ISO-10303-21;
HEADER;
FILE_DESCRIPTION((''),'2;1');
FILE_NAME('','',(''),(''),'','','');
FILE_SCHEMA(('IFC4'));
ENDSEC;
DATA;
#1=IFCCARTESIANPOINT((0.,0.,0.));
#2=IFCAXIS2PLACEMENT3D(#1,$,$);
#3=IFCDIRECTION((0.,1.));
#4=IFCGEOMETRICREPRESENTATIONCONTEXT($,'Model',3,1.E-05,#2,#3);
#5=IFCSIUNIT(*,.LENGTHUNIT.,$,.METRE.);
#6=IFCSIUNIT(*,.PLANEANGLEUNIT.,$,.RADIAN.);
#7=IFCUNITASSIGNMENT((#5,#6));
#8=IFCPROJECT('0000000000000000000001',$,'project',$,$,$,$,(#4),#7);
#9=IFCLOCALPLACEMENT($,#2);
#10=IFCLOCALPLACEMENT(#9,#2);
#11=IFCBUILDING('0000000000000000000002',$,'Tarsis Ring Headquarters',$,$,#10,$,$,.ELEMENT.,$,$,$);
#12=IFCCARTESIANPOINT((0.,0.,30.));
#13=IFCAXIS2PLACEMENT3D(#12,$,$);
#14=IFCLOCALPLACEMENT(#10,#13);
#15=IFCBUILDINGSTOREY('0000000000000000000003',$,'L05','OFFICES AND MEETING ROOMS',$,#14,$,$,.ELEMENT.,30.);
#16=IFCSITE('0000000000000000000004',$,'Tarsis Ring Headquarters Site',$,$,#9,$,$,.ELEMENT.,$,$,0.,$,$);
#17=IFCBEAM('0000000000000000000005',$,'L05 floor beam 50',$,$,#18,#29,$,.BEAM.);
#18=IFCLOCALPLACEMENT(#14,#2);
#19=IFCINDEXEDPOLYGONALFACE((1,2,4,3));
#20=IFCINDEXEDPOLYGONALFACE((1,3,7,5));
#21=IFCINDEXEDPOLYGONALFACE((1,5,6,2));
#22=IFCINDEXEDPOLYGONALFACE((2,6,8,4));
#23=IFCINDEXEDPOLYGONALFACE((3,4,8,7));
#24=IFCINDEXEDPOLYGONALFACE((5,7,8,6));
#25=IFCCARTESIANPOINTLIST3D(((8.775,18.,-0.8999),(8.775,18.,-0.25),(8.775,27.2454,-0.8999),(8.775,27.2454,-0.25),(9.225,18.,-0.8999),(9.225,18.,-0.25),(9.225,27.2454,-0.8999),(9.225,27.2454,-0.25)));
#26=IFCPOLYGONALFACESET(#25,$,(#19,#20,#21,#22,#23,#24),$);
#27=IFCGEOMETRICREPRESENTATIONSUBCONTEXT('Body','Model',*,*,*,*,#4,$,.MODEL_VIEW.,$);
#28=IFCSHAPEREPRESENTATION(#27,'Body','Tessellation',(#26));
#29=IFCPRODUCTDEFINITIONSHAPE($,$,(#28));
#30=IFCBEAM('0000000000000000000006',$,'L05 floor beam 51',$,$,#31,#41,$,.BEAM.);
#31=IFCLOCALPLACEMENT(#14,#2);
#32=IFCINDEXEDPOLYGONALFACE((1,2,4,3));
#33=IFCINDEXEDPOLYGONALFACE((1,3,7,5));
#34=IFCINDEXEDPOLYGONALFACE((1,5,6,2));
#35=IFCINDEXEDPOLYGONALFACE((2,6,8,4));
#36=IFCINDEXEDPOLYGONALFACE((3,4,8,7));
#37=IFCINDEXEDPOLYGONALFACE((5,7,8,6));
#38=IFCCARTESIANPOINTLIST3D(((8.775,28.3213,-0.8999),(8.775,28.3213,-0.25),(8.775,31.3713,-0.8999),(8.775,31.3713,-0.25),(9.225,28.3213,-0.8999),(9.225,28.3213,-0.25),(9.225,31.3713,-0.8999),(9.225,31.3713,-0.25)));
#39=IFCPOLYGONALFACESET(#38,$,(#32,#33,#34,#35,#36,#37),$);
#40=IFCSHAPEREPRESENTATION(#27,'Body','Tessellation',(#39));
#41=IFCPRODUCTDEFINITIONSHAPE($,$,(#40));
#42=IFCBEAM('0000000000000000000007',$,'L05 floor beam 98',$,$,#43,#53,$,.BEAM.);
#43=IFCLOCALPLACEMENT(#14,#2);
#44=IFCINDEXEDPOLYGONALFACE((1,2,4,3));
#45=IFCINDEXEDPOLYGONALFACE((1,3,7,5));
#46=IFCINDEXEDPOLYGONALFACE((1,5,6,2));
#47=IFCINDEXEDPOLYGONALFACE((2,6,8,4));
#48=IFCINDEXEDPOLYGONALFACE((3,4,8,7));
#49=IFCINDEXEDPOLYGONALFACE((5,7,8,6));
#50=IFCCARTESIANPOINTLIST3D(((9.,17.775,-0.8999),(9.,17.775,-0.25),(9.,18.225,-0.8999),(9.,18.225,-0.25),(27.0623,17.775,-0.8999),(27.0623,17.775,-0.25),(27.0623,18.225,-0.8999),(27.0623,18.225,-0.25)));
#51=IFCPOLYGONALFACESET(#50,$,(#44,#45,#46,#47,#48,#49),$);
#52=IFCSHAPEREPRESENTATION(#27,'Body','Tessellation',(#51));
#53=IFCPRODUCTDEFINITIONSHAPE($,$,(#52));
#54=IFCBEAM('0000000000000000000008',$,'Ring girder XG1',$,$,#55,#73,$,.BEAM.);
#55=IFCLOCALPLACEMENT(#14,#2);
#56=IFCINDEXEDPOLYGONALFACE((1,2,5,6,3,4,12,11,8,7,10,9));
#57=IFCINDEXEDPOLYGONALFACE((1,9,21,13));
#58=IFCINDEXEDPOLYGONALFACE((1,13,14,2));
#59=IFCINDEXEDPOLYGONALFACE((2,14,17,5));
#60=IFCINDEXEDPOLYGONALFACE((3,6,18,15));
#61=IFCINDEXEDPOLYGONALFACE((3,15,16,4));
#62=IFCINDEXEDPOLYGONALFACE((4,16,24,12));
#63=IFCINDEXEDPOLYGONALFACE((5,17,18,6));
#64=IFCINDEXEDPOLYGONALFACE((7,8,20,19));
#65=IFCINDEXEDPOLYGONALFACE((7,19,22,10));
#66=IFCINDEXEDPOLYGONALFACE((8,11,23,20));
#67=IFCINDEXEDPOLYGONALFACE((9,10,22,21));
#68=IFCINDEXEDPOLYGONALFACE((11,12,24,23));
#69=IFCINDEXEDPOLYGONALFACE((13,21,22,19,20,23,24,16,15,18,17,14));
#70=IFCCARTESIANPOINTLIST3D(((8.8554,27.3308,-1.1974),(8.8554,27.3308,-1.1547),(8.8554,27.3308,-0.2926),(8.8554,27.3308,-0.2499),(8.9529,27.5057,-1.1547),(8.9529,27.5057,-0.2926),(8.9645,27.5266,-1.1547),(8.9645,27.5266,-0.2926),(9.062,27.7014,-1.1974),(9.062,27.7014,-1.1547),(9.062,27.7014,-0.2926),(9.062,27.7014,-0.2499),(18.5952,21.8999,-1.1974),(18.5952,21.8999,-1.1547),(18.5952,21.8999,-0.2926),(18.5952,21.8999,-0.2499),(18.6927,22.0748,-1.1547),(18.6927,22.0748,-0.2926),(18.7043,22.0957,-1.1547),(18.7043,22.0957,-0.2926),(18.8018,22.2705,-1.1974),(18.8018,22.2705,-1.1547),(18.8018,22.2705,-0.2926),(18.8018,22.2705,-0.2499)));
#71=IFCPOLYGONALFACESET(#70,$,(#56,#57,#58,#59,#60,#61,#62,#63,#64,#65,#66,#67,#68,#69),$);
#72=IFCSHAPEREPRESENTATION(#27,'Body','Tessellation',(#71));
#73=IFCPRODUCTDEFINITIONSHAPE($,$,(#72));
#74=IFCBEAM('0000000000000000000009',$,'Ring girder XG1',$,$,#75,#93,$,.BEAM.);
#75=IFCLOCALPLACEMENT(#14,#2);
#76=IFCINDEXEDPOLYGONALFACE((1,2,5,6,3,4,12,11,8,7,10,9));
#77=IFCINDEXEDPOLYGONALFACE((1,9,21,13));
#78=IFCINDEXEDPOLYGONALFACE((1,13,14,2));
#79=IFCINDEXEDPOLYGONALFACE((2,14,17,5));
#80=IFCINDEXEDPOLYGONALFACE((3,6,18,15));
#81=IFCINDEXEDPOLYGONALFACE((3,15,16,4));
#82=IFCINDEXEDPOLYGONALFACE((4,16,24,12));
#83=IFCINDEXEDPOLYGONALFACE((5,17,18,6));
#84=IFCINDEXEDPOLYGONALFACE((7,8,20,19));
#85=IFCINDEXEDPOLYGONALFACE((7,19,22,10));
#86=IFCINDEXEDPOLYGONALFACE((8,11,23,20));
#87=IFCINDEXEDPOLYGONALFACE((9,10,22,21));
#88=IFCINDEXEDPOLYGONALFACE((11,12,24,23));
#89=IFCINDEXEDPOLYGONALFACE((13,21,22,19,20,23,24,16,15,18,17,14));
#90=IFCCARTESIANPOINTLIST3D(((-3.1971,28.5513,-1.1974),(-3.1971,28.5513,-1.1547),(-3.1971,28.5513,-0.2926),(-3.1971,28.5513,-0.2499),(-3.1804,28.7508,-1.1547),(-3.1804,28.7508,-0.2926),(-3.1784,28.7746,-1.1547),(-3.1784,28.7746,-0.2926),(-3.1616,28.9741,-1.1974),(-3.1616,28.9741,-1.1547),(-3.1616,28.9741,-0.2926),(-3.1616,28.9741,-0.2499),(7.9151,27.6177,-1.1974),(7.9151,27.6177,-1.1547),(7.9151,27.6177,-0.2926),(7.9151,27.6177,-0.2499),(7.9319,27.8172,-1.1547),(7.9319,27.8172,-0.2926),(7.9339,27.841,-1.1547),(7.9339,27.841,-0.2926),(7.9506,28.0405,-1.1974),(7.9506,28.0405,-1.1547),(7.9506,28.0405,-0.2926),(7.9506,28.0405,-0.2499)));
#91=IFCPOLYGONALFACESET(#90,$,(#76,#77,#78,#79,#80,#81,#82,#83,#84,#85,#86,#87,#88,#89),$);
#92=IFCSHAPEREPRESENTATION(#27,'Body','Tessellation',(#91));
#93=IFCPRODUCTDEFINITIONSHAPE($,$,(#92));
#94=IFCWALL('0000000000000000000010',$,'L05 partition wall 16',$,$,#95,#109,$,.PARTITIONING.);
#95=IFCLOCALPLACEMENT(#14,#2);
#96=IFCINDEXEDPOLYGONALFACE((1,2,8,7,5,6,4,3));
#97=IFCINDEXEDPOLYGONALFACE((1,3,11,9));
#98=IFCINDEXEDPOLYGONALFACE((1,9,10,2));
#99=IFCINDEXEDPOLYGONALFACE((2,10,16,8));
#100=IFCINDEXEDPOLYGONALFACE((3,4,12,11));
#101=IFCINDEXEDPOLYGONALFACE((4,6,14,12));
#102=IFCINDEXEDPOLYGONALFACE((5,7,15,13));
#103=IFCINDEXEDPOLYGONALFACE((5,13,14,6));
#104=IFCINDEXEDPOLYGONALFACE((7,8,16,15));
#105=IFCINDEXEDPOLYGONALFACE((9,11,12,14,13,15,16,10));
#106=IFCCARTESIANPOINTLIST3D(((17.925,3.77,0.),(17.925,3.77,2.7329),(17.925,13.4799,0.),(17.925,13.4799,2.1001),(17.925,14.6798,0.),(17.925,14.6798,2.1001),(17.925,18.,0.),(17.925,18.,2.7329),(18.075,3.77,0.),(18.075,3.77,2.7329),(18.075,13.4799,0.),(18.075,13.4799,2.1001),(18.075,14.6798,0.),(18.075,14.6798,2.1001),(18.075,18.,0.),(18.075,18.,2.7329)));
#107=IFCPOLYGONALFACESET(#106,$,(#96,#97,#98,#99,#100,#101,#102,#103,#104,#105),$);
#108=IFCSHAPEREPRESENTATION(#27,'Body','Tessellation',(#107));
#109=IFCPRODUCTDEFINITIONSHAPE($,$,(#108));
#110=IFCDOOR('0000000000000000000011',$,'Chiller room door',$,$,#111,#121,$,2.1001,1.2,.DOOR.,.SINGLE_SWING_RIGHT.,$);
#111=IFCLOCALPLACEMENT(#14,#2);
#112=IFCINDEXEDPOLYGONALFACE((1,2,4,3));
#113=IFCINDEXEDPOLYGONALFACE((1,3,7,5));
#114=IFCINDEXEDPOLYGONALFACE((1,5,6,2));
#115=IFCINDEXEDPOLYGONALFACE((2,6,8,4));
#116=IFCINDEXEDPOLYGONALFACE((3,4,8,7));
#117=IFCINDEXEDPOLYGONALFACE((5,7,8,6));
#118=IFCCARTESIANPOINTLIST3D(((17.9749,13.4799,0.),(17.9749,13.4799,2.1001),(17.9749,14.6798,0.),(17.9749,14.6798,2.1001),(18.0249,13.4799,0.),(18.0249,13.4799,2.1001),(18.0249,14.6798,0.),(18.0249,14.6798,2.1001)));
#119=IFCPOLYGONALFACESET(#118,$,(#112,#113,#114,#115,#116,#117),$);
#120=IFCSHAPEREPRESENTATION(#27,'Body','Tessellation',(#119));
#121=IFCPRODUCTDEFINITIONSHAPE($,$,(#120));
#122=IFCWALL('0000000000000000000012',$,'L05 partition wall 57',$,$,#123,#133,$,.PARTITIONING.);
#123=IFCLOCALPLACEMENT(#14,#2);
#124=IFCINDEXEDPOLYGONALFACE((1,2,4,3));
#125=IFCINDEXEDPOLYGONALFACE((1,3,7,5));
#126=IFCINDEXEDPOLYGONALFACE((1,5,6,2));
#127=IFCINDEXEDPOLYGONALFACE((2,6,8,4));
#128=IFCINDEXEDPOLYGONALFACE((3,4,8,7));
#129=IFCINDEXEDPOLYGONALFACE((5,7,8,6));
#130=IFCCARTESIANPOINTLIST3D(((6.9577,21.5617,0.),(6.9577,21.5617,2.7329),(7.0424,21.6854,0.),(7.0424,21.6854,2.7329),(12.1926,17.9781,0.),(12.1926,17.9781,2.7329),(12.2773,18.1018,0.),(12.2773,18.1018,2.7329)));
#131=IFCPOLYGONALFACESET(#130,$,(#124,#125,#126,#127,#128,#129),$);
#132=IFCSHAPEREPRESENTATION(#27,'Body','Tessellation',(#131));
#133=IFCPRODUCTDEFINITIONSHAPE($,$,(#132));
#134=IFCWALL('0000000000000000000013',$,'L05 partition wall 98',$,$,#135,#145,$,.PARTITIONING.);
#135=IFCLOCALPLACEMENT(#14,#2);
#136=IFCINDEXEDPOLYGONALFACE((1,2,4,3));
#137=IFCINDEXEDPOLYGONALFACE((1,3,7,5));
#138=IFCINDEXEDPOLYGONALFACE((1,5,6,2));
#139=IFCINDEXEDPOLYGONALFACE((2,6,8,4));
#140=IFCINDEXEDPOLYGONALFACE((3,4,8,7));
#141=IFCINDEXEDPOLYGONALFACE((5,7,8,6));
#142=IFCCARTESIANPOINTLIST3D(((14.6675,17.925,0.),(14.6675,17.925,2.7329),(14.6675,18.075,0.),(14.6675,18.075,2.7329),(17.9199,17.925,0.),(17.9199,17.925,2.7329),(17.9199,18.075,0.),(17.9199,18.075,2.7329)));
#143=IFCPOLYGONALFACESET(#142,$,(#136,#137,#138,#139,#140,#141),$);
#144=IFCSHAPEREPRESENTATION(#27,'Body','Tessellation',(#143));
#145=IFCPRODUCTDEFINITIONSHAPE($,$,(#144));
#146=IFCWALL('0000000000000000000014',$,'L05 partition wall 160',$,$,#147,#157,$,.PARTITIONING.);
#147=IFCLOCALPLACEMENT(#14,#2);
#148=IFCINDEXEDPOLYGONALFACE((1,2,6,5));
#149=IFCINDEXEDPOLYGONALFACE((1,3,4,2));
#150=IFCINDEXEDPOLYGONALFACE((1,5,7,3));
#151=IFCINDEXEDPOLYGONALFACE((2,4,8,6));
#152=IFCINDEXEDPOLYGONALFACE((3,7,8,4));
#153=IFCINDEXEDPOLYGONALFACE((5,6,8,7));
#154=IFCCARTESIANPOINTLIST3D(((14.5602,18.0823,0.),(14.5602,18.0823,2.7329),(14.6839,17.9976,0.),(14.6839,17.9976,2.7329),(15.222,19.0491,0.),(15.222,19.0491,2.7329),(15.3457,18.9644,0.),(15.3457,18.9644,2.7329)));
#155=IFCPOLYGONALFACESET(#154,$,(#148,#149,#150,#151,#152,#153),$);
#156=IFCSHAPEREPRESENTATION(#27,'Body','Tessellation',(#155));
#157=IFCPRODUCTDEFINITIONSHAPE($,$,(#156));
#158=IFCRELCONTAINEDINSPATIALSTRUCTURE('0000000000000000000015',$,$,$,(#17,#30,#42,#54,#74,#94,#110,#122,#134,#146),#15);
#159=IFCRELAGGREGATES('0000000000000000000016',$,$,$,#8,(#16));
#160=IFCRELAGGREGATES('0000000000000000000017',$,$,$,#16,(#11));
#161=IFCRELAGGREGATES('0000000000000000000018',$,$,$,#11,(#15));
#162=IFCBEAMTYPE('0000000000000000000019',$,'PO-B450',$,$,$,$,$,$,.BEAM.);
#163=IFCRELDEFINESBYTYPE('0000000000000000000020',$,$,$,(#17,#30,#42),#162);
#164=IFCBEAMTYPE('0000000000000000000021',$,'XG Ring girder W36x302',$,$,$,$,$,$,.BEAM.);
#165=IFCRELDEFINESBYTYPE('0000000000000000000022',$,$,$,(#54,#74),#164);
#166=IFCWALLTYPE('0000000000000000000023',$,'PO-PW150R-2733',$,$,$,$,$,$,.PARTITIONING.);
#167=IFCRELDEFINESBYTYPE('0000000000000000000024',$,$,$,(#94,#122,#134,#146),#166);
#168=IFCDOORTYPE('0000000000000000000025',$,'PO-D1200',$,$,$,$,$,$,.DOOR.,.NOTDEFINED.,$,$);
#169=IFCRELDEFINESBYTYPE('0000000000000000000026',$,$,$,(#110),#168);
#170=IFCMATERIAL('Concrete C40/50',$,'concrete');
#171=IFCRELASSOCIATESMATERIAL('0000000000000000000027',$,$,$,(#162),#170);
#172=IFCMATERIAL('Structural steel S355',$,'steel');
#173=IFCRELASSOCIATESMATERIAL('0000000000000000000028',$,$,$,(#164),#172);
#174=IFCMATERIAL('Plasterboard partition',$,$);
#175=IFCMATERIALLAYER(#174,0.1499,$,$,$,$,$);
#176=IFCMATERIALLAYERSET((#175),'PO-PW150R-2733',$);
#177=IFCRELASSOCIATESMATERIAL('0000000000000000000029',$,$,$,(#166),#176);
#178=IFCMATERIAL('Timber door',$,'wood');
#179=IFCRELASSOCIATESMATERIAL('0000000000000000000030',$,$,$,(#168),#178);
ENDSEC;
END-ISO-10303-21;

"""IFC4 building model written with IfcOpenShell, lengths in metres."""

from ifc_helpers import new_model, si_unit, direction, frame, frame_2d, origin, origin_2d, place, context, subcontext, project, spatial, rectangle, i_section, extrude, material, layer, layer_set, material_profile, profile_set, type_object, element, fill, save


model = new_model("IFC4")

# Units and contexts
model_context = context("Model", 3, precision=1e-05, world=origin(), true_north=direction((0.0, 1.0)))
body_context = subcontext(model_context, "Body", "Model", "MODEL_VIEW")
ifc_project = project(units=[si_unit("LENGTHUNIT", "METRE"), si_unit("PLANEANGLEUNIT", "RADIAN")], contexts=[model_context])

# Site, building, storey
site_placement = place(None, origin())
site = spatial("IfcSite", under=ifc_project, at=site_placement, Name="Tarsis Ring Headquarters Site", CompositionType="ELEMENT", RefElevation=0.0)
building_placement = place(site_placement, origin())
building = spatial("IfcBuilding", under=site, at=building_placement, Name="Tarsis Ring Headquarters", CompositionType="ELEMENT")
storey_placement = place(building_placement, frame((0.0, 0.0, 30.0)))
storey = spatial("IfcBuildingStorey", under=building, at=storey_placement, Name="L05", Description="OFFICES AND MEETING ROOMS", CompositionType="ELEMENT", Elevation=30.0)

# Shared definitions
ifc_material_1 = material(Name="Concrete C40/50", Category="concrete")

# Beams
ifc_material_profile_1 = material_profile(ifc_material_1, rectangle(XDim=0.45, YDim=0.6499, at=origin_2d()), Name="PO-B450")
ifc_profile_set_1 = profile_set([ifc_material_profile_1], Name="Concrete C40/50")
beam_type_1 = type_object("IfcBeamType", Name="PO-B450", PredefinedType="BEAM", material=ifc_profile_set_1)
beam_1_placement = place(storey_placement, frame((9.0, 18.0, -0.575), z_axis=(0.0, 1.0, 0.0), x_axis=(-1.0, 0.0, 0.0)))
element("IfcBeam", 1, at=beam_1_placement, inside=storey, type_object=beam_type_1, Name="L05 floor beam 50", PredefinedType="BEAM", context=body_context, shape_type="SweptSolid", body=[
    extrude(rectangle(XDim=0.45, YDim=0.6499, at=origin_2d()), origin(), (0.0, 0.0, 1.0), 9.2454),
])
beam_2_placement = place(storey_placement, frame((9.0, 28.3213, -0.575), z_axis=(0.0, 1.0, 0.0), x_axis=(-1.0, 0.0, 0.0)))
element("IfcBeam", 2, at=beam_2_placement, inside=storey, type_object=beam_type_1, Name="L05 floor beam 51", PredefinedType="BEAM", context=body_context, shape_type="SweptSolid", body=[
    extrude(rectangle(XDim=0.45, YDim=0.6499, at=origin_2d()), origin(), (0.0, 0.0, 1.0), 3.05),
])
beam_3_placement = place(storey_placement, frame((9.0, 18.0, -0.575), z_axis=(1.0, 0.0, 0.0), x_axis=(0.0, 1.0, 0.0)))
element("IfcBeam", 3, at=beam_3_placement, inside=storey, type_object=beam_type_1, Name="L05 floor beam 98", PredefinedType="BEAM", context=body_context, shape_type="SweptSolid", body=[
    extrude(rectangle(XDim=0.45, YDim=0.6499, at=origin_2d()), origin(), (0.0, 0.0, 1.0), 18.0623),
])
ifc_material_2 = material(Name="Structural steel S355", Category="steel")
ifc_material_profile_2 = material_profile(ifc_material_2, i_section(OverallWidth=0.4243, OverallDepth=0.9475, WebThickness=0.0239, FlangeThickness=0.0427, at=origin_2d()), Name="W36x302")
ifc_profile_set_2 = profile_set([ifc_material_profile_2], Name="Structural steel S355")
beam_type_2 = type_object("IfcBeamType", Name="XG Ring girder W36x302", PredefinedType="BEAM", material=ifc_profile_set_2)
beam_4_placement = place(storey_placement, frame((18.6985, 22.0852, -0.7236), z_axis=(-0.873397, 0.487009, 0.0), x_axis=(-0.487009, -0.873397, 0.0)))
element("IfcBeam", 4, at=beam_4_placement, inside=storey, type_object=beam_type_2, Name="Ring girder XG1", PredefinedType="BEAM", context=body_context, shape_type="SweptSolid", body=[
    extrude(i_section(OverallWidth=0.4243, OverallDepth=0.9475, WebThickness=0.0239, FlangeThickness=0.0427, at=origin_2d()), origin(), (0.0, 0.0, 1.0), 11.1516),
])
beam_5_placement = place(storey_placement, frame((7.9329, 27.8291, -0.7236), z_axis=(-0.996489, 0.083719, 0.0), x_axis=(-0.083719, -0.996489, 0.0)))
element("IfcBeam", 5, at=beam_5_placement, inside=storey, type_object=beam_type_2, Name="Ring girder XG1", PredefinedType="BEAM", context=body_context, shape_type="SweptSolid", body=[
    extrude(i_section(OverallWidth=0.4243, OverallDepth=0.9475, WebThickness=0.0239, FlangeThickness=0.0427, at=origin_2d()), origin(), (0.0, 0.0, 1.0), 11.1514),
])

# Wall, opening, door
ifc_material_3 = material(Name="Plasterboard partition")
ifc_layer_1 = layer(ifc_material_3, 0.1499)
ifc_layer_set_1 = layer_set([ifc_layer_1], Name="PO-PW150R-2733")
wall_type_1 = type_object("IfcWallType", Name="PO-PW150R-2733", PredefinedType="PARTITIONING", material=ifc_layer_set_1)
wall_1_placement = place(storey_placement, frame((18.0, 18.0, 0.0), z_axis=(0.0, 0.0, 1.0), x_axis=(0.0, -1.0, 0.0)))
wall_1 = element("IfcWall", 6, at=wall_1_placement, inside=storey, type_object=wall_type_1, Name="L05 partition wall 16", PredefinedType="PARTITIONING", context=body_context, shape_type="SweptSolid", body=[
    extrude(rectangle(XDim=14.23, YDim=0.1499, at=frame_2d((7.115, 0.0))), origin(), (0.0, 0.0, 1.0), 2.7329),
])
opening_1_placement = place(wall_1_placement, frame((3.3201, 0.0, 0.0)))
opening_1 = element("IfcOpeningElement", 7, at=opening_1_placement, cuts=wall_1, PredefinedType="OPENING", context=body_context, shape_type="SweptSolid", body=[
    extrude(rectangle(XDim=1.2, YDim=2.1001, at=frame_2d((0.6001, 1.05))), frame((0.0, 0.085, 0.0), z_axis=(0.0, -1.0, 0.0), x_axis=(1.0, 0.0, 0.0)), (0.0, 0.0, 1.0), 0.1699),
])
ifc_material_4 = material(Name="Timber door", Category="wood")
door_type = type_object("IfcDoorType", Name="PO-D1200", OperationType="NOTDEFINED", PredefinedType="DOOR", material=ifc_material_4)
door_placement = place(opening_1_placement, origin())
door = element("IfcDoor", 8, at=door_placement, inside=storey, type_object=door_type, Name="Chiller room door", OperationType="SINGLE_SWING_RIGHT", OverallHeight=2.1001, OverallWidth=1.2, PredefinedType="DOOR", context=body_context, shape_type="SweptSolid", body=[
    extrude(rectangle(XDim=1.2, YDim=2.1001, at=frame_2d((0.6001, 1.05))), frame((0.0, 0.0249, 0.0), z_axis=(0.0, -1.0, 0.0), x_axis=(1.0, 0.0, 0.0)), (0.0, 0.0, 1.0), 0.05),
])
fill(opening_1, door)

# Walls
wall_2_placement = place(storey_placement, frame((12.2349, 18.04, 0.0), z_axis=(0.0, 0.0, 1.0), x_axis=(-0.825179, 0.564872, 0.0)))
element("IfcWall", 9, at=wall_2_placement, inside=storey, type_object=wall_type_1, Name="L05 partition wall 57", PredefinedType="PARTITIONING", context=body_context, shape_type="SweptSolid", body=[
    extrude(rectangle(XDim=6.344, YDim=0.1499, at=frame_2d((3.1719, 0.0))), origin(), (0.0, 0.0, 1.0), 2.7329),
])
wall_3_placement = place(storey_placement, frame((14.6675, 18.0, 0.0), z_axis=(0.0, 0.0, 1.0), x_axis=(1.0, 0.0, 0.0)))
element("IfcWall", 10, at=wall_3_placement, inside=storey, type_object=wall_type_1, Name="L05 partition wall 98", PredefinedType="PARTITIONING", context=body_context, shape_type="SweptSolid", body=[
    extrude(rectangle(XDim=3.2524, YDim=0.1499, at=frame_2d((1.6262, 0.0))), origin(), (0.0, 0.0, 1.0), 2.7329),
])
wall_4_placement = place(storey_placement, frame((15.2839, 19.0068, 0.0), z_axis=(0.0, 0.0, 1.0), x_axis=(-0.564901, -0.825159, 0.0)))
element("IfcWall", 11, at=wall_4_placement, inside=storey, type_object=wall_type_1, Name="L05 partition wall 160", PredefinedType="PARTITIONING", context=body_context, shape_type="SweptSolid", body=[
    extrude(rectangle(XDim=1.1716, YDim=0.1499, at=frame_2d((0.5859, 0.0))), origin(), (0.0, 0.0, 1.0), 2.7329),
])

save(model, "model.ifc")
